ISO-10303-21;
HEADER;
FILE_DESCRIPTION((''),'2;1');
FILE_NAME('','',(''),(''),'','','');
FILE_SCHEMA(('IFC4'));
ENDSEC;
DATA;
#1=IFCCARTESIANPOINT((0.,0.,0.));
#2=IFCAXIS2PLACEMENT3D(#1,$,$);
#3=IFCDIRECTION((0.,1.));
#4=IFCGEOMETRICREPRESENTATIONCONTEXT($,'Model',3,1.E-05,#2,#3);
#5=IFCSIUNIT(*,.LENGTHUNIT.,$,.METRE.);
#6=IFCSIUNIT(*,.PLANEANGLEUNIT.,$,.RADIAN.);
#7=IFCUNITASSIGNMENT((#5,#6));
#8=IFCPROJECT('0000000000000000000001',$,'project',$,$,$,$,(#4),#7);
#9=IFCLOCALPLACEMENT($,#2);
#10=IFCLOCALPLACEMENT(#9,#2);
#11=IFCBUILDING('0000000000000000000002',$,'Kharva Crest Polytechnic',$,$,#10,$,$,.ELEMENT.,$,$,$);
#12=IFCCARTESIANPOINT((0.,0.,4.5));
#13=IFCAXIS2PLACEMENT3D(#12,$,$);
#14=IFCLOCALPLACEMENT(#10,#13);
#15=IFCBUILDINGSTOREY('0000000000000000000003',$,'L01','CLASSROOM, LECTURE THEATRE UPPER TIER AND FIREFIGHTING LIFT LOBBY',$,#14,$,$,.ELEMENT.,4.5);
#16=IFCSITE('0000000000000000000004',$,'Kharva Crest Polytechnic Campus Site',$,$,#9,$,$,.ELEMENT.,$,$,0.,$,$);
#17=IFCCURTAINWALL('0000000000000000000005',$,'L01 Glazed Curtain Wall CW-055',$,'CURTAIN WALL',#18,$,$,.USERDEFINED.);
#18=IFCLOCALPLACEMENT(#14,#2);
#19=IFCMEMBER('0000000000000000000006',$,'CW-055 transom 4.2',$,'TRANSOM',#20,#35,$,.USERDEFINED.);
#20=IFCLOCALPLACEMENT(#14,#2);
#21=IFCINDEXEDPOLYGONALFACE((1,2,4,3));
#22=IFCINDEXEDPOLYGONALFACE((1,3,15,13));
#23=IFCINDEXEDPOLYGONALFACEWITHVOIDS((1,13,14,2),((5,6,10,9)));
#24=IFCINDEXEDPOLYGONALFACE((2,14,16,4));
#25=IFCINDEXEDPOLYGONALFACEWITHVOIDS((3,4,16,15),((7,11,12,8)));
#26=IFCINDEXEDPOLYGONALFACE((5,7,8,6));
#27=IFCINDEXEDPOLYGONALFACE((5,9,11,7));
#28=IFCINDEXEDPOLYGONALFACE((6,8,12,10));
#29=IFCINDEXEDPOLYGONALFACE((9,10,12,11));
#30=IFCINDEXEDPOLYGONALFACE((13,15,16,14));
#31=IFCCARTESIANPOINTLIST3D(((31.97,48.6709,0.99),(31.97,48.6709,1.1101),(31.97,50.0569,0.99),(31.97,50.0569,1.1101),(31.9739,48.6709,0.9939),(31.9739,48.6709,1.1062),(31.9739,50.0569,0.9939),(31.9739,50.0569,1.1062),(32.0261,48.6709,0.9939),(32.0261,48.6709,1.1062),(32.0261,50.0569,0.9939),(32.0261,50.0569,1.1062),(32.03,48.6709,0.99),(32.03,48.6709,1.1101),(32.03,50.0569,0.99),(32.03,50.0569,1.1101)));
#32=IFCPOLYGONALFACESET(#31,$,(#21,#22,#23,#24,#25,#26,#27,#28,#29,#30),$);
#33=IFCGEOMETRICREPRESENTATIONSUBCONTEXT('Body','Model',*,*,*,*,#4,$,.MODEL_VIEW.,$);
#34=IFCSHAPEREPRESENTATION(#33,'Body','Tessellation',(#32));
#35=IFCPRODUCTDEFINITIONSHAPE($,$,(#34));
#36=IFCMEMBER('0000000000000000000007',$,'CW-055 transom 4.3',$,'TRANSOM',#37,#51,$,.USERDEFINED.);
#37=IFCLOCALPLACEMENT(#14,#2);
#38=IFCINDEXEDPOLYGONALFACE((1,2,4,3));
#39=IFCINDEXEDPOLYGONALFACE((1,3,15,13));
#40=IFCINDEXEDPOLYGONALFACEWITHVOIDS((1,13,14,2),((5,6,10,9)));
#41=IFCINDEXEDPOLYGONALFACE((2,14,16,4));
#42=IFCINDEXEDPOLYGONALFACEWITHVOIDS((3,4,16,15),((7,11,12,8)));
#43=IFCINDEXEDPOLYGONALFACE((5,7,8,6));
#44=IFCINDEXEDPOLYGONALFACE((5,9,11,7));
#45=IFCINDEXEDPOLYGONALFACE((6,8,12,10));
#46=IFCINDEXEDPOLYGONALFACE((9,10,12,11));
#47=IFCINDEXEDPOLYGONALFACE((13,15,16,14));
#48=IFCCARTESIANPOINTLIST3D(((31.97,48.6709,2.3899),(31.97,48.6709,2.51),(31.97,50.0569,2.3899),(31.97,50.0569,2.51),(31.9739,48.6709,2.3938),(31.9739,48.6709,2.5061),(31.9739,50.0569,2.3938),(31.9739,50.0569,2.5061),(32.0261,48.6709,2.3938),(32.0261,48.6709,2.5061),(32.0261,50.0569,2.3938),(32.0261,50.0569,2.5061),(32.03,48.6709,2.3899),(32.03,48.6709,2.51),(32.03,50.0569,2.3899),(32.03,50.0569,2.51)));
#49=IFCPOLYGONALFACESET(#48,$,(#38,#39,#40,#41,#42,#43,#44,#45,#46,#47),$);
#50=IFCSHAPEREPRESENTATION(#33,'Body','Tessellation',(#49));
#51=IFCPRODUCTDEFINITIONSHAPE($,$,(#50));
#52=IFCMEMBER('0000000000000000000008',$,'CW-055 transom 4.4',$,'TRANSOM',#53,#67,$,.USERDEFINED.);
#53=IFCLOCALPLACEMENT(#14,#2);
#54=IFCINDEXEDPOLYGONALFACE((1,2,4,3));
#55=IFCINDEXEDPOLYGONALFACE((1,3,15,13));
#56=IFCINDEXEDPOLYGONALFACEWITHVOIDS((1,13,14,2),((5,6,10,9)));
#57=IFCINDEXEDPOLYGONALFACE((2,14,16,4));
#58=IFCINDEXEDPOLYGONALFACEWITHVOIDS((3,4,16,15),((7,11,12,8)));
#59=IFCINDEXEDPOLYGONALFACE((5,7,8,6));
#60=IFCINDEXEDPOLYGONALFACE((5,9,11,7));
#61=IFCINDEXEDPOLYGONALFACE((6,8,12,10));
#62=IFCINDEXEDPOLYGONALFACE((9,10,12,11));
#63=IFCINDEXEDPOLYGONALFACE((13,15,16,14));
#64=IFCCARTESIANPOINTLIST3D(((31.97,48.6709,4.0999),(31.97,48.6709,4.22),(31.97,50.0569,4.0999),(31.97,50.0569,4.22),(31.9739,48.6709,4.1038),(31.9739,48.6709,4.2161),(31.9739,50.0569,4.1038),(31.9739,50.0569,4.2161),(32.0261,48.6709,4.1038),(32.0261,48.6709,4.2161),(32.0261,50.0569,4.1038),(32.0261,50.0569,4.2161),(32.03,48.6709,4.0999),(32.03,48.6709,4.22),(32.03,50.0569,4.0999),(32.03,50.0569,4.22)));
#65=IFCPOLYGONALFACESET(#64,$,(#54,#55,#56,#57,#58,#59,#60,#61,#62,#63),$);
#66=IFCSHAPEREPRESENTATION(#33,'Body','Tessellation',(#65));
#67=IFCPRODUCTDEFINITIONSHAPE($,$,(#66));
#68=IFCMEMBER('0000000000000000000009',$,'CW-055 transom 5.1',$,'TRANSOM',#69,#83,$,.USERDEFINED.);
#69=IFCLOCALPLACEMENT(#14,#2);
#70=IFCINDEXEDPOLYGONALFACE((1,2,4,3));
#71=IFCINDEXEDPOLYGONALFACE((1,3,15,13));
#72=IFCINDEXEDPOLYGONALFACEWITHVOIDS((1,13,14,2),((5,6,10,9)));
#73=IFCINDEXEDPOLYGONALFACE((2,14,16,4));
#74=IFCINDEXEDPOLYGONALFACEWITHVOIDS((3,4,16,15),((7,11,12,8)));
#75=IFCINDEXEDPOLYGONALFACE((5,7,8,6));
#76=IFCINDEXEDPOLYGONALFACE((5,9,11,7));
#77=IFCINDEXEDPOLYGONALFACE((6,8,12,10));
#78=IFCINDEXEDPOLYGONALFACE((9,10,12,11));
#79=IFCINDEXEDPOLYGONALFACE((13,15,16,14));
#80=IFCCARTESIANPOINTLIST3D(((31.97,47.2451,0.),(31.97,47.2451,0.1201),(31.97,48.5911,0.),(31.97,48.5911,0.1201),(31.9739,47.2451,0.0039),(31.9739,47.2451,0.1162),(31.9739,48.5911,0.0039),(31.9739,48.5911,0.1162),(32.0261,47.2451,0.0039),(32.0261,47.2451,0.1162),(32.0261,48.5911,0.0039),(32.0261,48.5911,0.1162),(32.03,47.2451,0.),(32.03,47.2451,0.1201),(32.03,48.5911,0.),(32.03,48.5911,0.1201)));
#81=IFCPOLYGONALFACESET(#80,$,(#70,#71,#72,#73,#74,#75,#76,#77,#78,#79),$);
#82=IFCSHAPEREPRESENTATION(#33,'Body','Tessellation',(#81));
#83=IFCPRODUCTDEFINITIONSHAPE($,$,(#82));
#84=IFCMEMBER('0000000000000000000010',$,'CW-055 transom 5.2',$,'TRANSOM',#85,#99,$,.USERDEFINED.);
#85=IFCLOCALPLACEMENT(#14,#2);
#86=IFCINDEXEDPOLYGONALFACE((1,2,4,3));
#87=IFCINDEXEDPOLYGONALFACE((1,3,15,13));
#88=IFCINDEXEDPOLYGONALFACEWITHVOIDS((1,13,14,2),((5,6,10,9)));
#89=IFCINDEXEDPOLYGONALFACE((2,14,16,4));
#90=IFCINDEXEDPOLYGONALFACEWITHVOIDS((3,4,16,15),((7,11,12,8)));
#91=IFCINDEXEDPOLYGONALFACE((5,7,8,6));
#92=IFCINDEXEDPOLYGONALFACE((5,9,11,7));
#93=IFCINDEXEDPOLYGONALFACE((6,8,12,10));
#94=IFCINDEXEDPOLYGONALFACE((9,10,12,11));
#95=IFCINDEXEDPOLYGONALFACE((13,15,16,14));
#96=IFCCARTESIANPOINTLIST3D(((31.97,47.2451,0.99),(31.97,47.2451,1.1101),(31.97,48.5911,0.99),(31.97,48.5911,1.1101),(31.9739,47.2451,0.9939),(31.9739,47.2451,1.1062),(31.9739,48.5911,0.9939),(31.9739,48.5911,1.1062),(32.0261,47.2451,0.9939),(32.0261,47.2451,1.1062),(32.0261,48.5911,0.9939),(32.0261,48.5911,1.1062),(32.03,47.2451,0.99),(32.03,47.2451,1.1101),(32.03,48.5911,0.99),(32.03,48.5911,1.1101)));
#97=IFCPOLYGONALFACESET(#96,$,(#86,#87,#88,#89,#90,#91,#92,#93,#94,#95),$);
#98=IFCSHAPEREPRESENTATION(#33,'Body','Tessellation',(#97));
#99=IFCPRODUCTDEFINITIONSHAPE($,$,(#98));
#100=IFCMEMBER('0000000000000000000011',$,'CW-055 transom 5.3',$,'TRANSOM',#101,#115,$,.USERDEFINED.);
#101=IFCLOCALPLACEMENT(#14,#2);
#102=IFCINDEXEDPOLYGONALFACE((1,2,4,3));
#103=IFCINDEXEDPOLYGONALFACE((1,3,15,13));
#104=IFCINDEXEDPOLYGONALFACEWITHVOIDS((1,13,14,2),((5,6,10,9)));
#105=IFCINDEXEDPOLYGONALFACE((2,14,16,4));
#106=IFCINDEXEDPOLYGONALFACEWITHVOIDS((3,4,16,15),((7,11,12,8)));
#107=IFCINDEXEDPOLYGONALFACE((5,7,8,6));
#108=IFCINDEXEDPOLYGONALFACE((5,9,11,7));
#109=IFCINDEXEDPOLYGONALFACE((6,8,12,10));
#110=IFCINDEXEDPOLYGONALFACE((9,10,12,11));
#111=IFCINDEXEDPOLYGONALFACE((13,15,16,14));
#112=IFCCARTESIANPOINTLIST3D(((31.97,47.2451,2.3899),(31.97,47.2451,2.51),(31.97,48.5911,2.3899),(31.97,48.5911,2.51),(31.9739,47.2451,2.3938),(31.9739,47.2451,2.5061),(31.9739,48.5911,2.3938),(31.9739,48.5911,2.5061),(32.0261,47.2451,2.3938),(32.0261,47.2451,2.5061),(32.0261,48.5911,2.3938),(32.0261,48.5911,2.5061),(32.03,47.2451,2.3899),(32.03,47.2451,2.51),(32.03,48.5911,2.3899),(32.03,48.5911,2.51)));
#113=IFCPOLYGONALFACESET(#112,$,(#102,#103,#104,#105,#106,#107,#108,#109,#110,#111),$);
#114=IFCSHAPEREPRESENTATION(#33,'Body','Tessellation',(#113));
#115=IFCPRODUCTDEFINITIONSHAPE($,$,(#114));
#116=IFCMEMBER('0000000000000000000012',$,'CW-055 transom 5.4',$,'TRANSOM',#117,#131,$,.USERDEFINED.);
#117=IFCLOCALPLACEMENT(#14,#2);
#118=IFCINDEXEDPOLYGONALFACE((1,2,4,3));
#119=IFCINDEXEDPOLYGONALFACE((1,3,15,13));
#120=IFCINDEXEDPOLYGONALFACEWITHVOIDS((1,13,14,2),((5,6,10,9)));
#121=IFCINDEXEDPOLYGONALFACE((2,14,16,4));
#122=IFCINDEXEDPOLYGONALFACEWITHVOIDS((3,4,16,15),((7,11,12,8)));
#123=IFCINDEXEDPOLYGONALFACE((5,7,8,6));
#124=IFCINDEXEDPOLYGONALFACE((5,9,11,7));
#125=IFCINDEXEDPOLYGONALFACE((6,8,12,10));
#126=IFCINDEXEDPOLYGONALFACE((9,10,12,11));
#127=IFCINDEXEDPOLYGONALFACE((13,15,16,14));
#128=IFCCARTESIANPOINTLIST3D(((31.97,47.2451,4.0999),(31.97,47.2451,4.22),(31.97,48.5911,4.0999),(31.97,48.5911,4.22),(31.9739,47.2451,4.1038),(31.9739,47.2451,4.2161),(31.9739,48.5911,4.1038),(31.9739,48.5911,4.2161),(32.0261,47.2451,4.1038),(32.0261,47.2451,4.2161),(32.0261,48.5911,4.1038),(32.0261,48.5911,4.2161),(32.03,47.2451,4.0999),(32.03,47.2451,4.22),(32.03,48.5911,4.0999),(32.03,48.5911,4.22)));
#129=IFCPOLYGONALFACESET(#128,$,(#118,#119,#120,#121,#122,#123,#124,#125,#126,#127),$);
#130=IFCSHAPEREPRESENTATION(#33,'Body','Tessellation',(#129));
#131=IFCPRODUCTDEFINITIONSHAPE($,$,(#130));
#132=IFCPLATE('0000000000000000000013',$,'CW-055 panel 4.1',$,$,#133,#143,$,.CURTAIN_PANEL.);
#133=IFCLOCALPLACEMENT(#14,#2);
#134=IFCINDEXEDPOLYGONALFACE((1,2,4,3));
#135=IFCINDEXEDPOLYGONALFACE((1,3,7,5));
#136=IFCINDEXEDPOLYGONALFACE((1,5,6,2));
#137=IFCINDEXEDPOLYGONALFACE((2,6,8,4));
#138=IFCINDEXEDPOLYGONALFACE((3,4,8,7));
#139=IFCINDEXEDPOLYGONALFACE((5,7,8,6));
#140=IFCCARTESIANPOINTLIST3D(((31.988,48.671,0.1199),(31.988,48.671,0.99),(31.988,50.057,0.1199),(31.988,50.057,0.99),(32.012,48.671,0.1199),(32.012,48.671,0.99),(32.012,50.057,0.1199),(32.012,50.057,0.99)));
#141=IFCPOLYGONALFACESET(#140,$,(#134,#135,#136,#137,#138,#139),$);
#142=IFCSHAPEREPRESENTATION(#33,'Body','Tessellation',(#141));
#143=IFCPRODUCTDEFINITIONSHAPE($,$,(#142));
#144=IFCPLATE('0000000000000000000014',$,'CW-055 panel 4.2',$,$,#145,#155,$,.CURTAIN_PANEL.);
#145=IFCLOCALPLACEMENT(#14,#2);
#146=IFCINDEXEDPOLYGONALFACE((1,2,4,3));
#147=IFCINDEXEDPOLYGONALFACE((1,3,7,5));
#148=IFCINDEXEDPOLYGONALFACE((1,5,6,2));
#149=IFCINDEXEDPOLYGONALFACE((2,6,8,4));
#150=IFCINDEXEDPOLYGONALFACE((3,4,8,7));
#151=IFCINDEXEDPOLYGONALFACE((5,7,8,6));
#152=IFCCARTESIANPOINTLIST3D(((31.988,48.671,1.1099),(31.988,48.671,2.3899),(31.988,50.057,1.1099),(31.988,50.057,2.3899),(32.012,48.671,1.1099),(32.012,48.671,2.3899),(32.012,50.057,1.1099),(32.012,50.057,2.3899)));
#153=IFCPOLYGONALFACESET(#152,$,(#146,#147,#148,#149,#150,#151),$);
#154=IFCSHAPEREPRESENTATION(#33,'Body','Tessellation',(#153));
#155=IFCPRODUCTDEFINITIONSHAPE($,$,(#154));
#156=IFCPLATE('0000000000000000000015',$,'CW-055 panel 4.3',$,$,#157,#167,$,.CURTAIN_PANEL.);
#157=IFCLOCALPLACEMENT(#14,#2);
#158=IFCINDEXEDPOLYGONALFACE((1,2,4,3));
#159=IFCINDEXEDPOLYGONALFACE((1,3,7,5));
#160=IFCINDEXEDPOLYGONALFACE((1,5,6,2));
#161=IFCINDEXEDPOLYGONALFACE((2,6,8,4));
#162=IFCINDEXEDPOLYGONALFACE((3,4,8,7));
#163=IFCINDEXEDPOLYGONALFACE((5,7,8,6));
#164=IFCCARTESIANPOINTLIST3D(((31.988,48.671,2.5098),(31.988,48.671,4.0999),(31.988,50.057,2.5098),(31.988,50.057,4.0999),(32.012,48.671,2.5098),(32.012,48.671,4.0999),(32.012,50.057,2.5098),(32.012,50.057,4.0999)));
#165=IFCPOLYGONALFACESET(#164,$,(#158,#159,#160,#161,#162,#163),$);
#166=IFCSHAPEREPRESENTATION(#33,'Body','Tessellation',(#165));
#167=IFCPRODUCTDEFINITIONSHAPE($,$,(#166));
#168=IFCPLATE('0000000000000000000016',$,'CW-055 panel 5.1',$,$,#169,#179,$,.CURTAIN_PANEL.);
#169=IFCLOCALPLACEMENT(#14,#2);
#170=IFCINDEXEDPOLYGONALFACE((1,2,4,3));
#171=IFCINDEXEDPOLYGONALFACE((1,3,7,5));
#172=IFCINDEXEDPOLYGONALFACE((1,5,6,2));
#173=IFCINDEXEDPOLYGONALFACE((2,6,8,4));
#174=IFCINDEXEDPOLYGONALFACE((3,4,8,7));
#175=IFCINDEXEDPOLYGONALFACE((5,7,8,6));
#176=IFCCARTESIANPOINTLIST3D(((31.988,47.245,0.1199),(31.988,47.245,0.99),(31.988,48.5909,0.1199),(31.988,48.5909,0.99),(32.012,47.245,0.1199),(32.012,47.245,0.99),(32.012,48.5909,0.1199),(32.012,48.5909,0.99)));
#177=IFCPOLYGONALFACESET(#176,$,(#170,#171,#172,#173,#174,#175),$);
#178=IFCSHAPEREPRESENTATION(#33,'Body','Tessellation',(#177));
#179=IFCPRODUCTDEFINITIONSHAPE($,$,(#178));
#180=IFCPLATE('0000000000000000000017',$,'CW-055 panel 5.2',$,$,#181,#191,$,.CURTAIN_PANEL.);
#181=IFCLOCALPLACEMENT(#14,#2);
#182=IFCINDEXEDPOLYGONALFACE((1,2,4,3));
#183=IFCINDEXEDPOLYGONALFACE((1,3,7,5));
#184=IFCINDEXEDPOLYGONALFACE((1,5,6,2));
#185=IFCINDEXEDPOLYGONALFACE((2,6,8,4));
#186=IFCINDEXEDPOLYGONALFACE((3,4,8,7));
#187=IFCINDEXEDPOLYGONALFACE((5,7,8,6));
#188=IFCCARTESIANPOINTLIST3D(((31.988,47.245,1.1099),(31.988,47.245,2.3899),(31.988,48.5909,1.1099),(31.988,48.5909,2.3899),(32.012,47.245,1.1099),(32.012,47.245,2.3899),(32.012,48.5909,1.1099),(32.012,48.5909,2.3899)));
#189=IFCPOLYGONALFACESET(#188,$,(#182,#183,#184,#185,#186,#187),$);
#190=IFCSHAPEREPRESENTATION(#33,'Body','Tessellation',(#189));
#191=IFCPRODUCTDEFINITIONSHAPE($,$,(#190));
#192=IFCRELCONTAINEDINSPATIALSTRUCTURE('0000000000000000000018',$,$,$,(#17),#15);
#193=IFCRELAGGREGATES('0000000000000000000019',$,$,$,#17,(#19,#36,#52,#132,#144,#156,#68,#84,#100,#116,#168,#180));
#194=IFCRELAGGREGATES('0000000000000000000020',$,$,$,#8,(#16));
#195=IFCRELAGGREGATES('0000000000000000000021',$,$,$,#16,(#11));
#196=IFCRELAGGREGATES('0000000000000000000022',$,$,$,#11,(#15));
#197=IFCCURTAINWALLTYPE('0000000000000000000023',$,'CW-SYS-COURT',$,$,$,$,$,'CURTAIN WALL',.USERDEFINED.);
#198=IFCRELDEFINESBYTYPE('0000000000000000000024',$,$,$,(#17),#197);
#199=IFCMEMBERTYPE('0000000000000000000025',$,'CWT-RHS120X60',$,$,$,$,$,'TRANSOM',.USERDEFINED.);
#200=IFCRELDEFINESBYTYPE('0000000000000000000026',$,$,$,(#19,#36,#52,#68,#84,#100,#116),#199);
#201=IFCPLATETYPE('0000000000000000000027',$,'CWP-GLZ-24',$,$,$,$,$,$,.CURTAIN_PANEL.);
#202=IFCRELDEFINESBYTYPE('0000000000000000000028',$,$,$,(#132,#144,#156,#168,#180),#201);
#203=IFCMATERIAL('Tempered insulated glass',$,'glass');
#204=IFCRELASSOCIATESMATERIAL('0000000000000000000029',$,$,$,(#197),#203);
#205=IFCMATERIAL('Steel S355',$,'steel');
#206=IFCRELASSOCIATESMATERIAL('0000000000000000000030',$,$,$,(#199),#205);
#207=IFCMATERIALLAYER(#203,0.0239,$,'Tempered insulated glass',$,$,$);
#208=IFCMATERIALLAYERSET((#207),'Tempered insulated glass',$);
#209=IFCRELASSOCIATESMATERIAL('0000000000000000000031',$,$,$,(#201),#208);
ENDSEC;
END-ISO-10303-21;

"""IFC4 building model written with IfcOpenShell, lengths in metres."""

from ifc_helpers import new_model, si_unit, direction, frame, origin, origin_2d, place, context, subcontext, project, spatial, rectangle, hollow_rectangle, extrude, material, layer, layer_set, material_profile, profile_set, type_object, element, aggregate, save


model = new_model("IFC4")

# Units and contexts
model_context = context("Model", 3, precision=1e-05, world=origin(), true_north=direction((0.0, 1.0)))
body_context = subcontext(model_context, "Body", "Model", "MODEL_VIEW")
ifc_project = project(units=[si_unit("LENGTHUNIT", "METRE"), si_unit("PLANEANGLEUNIT", "RADIAN")], contexts=[model_context])

# Site, building, storey
site_placement = place(None, origin())
site = spatial("IfcSite", under=ifc_project, at=site_placement, Name="Kharva Crest Polytechnic Campus Site", CompositionType="ELEMENT", RefElevation=0.0)
building_placement = place(site_placement, origin())
building = spatial("IfcBuilding", under=site, at=building_placement, Name="Kharva Crest Polytechnic", CompositionType="ELEMENT")
storey_placement = place(building_placement, frame((0.0, 0.0, 4.5)))
storey = spatial("IfcBuildingStorey", under=building, at=storey_placement, Name="L01", Description="CLASSROOM, LECTURE THEATRE UPPER TIER AND FIREFIGHTING LIFT LOBBY", CompositionType="ELEMENT", Elevation=4.5)

# Shared definitions
ifc_material_1 = material(Name="Steel S355", Category="steel")

# Curtain wall, members, plates
ifc_material_2 = material(Name="Tempered insulated glass", Category="glass")
curtain_wall_type = type_object("IfcCurtainWallType", Name="CW-SYS-COURT", ElementType="CURTAIN WALL", PredefinedType="USERDEFINED", material=ifc_material_2)
curtain_wall_placement = place(storey_placement, origin())
curtain_wall = element("IfcCurtainWall", 1, at=curtain_wall_placement, inside=storey, type_object=curtain_wall_type, Name="L01 Glazed Curtain Wall CW-055", ObjectType="CURTAIN WALL", PredefinedType="USERDEFINED")
ifc_material_profile_1 = material_profile(ifc_material_1, hollow_rectangle(XDim=0.0601, YDim=0.1201, WallThickness=0.0039, at=origin_2d()), Name="RHS 120X60X4.0")
ifc_profile_set_1 = profile_set([ifc_material_profile_1], Name="Steel S355")
member_type_1 = type_object("IfcMemberType", Name="CWT-RHS120X60", ElementType="TRANSOM", PredefinedType="USERDEFINED", material=ifc_profile_set_1)
member_1_placement = place(storey_placement, frame((32.0, 50.0569, 1.05), z_axis=(0.0, -1.0, 0.0), x_axis=(1.0, 0.0, 0.0)))
member_1 = element("IfcMember", 2, at=member_1_placement, type_object=member_type_1, Name="CW-055 transom 4.2", ObjectType="TRANSOM", PredefinedType="USERDEFINED", context=body_context, shape_type="SweptSolid", body=[
    extrude(hollow_rectangle(XDim=0.0601, YDim=0.1201, WallThickness=0.0039, at=origin_2d()), origin(), (0.0, 0.0, 1.0), 1.386),
])
member_2_placement = place(storey_placement, frame((32.0, 50.0569, 2.45), z_axis=(0.0, -1.0, 0.0), x_axis=(1.0, 0.0, 0.0)))
member_2 = element("IfcMember", 3, at=member_2_placement, type_object=member_type_1, Name="CW-055 transom 4.3", ObjectType="TRANSOM", PredefinedType="USERDEFINED", context=body_context, shape_type="SweptSolid", body=[
    extrude(hollow_rectangle(XDim=0.0601, YDim=0.1201, WallThickness=0.0039, at=origin_2d()), origin(), (0.0, 0.0, 1.0), 1.386),
])
member_3_placement = place(storey_placement, frame((32.0, 50.0569, 4.1599), z_axis=(0.0, -1.0, 0.0), x_axis=(1.0, 0.0, 0.0)))
member_3 = element("IfcMember", 4, at=member_3_placement, type_object=member_type_1, Name="CW-055 transom 4.4", ObjectType="TRANSOM", PredefinedType="USERDEFINED", context=body_context, shape_type="SweptSolid", body=[
    extrude(hollow_rectangle(XDim=0.0601, YDim=0.1201, WallThickness=0.0039, at=origin_2d()), origin(), (0.0, 0.0, 1.0), 1.386),
])
member_4_placement = place(storey_placement, frame((32.0, 48.5911, 0.0601), z_axis=(0.0, -1.0, 0.0), x_axis=(1.0, 0.0, 0.0)))
member_4 = element("IfcMember", 5, at=member_4_placement, type_object=member_type_1, Name="CW-055 transom 5.1", ObjectType="TRANSOM", PredefinedType="USERDEFINED", context=body_context, shape_type="SweptSolid", body=[
    extrude(hollow_rectangle(XDim=0.0601, YDim=0.1201, WallThickness=0.0039, at=origin_2d()), origin(), (0.0, 0.0, 1.0), 1.3459),
])
member_5_placement = place(storey_placement, frame((32.0, 48.5911, 1.05), z_axis=(0.0, -1.0, 0.0), x_axis=(1.0, 0.0, 0.0)))
member_5 = element("IfcMember", 6, at=member_5_placement, type_object=member_type_1, Name="CW-055 transom 5.2", ObjectType="TRANSOM", PredefinedType="USERDEFINED", context=body_context, shape_type="SweptSolid", body=[
    extrude(hollow_rectangle(XDim=0.0601, YDim=0.1201, WallThickness=0.0039, at=origin_2d()), origin(), (0.0, 0.0, 1.0), 1.3459),
])
member_6_placement = place(storey_placement, frame((32.0, 48.5911, 2.45), z_axis=(0.0, -1.0, 0.0), x_axis=(1.0, 0.0, 0.0)))
member_6 = element("IfcMember", 7, at=member_6_placement, type_object=member_type_1, Name="CW-055 transom 5.3", ObjectType="TRANSOM", PredefinedType="USERDEFINED", context=body_context, shape_type="SweptSolid", body=[
    extrude(hollow_rectangle(XDim=0.0601, YDim=0.1201, WallThickness=0.0039, at=origin_2d()), origin(), (0.0, 0.0, 1.0), 1.3459),
])
member_7_placement = place(storey_placement, frame((32.0, 48.5911, 4.1599), z_axis=(0.0, -1.0, 0.0), x_axis=(1.0, 0.0, 0.0)))
member_7 = element("IfcMember", 8, at=member_7_placement, type_object=member_type_1, Name="CW-055 transom 5.4", ObjectType="TRANSOM", PredefinedType="USERDEFINED", context=body_context, shape_type="SweptSolid", body=[
    extrude(hollow_rectangle(XDim=0.0601, YDim=0.1201, WallThickness=0.0039, at=origin_2d()), origin(), (0.0, 0.0, 1.0), 1.3459),
])
ifc_layer_1 = layer(ifc_material_2, 0.0239, Name="Tempered insulated glass")
ifc_layer_set_1 = layer_set([ifc_layer_1], Name="Tempered insulated glass")
plate_type = type_object("IfcPlateType", Name="CWP-GLZ-24", PredefinedType="CURTAIN_PANEL", material=ifc_layer_set_1)
plate_1_placement = place(storey_placement, frame((32.0, 49.364, 0.1199), z_axis=(0.0, 0.0, 1.0), x_axis=(0.0, -1.0, 0.0)))
plate_1 = element("IfcPlate", 9, at=plate_1_placement, type_object=plate_type, Name="CW-055 panel 4.1", PredefinedType="CURTAIN_PANEL", context=body_context, shape_type="SweptSolid", body=[
    extrude(rectangle(XDim=1.386, YDim=0.0239, at=origin_2d()), origin(), (0.0, 0.0, 1.0), 0.8701),
])
plate_2_placement = place(storey_placement, frame((32.0, 49.364, 1.1099), z_axis=(0.0, 0.0, 1.0), x_axis=(0.0, -1.0, 0.0)))
plate_2 = element("IfcPlate", 10, at=plate_2_placement, type_object=plate_type, Name="CW-055 panel 4.2", PredefinedType="CURTAIN_PANEL", context=body_context, shape_type="SweptSolid", body=[
    extrude(rectangle(XDim=1.386, YDim=0.0239, at=origin_2d()), origin(), (0.0, 0.0, 1.0), 1.28),
])
plate_3_placement = place(storey_placement, frame((32.0, 49.364, 2.5098), z_axis=(0.0, 0.0, 1.0), x_axis=(0.0, -1.0, 0.0)))
plate_3 = element("IfcPlate", 11, at=plate_3_placement, type_object=plate_type, Name="CW-055 panel 4.3", PredefinedType="CURTAIN_PANEL", context=body_context, shape_type="SweptSolid", body=[
    extrude(rectangle(XDim=1.386, YDim=0.0239, at=origin_2d()), origin(), (0.0, 0.0, 1.0), 1.5901),
])
plate_4_placement = place(storey_placement, frame((32.0, 47.918, 0.1199), z_axis=(0.0, 0.0, 1.0), x_axis=(0.0, -1.0, 0.0)))
plate_4 = element("IfcPlate", 12, at=plate_4_placement, type_object=plate_type, Name="CW-055 panel 5.1", PredefinedType="CURTAIN_PANEL", context=body_context, shape_type="SweptSolid", body=[
    extrude(rectangle(XDim=1.3459, YDim=0.0239, at=origin_2d()), origin(), (0.0, 0.0, 1.0), 0.8701),
])
plate_5_placement = place(storey_placement, frame((32.0, 47.918, 1.1099), z_axis=(0.0, 0.0, 1.0), x_axis=(0.0, -1.0, 0.0)))
plate_5 = element("IfcPlate", 13, at=plate_5_placement, type_object=plate_type, Name="CW-055 panel 5.2", PredefinedType="CURTAIN_PANEL", context=body_context, shape_type="SweptSolid", body=[
    extrude(rectangle(XDim=1.3459, YDim=0.0239, at=origin_2d()), origin(), (0.0, 0.0, 1.0), 1.28),
])
aggregate(curtain_wall, [member_1, member_2, member_3, plate_1, plate_2, plate_3, member_4, member_5, member_6, member_7, plate_4, plate_5])

save(model, "model.ifc")
